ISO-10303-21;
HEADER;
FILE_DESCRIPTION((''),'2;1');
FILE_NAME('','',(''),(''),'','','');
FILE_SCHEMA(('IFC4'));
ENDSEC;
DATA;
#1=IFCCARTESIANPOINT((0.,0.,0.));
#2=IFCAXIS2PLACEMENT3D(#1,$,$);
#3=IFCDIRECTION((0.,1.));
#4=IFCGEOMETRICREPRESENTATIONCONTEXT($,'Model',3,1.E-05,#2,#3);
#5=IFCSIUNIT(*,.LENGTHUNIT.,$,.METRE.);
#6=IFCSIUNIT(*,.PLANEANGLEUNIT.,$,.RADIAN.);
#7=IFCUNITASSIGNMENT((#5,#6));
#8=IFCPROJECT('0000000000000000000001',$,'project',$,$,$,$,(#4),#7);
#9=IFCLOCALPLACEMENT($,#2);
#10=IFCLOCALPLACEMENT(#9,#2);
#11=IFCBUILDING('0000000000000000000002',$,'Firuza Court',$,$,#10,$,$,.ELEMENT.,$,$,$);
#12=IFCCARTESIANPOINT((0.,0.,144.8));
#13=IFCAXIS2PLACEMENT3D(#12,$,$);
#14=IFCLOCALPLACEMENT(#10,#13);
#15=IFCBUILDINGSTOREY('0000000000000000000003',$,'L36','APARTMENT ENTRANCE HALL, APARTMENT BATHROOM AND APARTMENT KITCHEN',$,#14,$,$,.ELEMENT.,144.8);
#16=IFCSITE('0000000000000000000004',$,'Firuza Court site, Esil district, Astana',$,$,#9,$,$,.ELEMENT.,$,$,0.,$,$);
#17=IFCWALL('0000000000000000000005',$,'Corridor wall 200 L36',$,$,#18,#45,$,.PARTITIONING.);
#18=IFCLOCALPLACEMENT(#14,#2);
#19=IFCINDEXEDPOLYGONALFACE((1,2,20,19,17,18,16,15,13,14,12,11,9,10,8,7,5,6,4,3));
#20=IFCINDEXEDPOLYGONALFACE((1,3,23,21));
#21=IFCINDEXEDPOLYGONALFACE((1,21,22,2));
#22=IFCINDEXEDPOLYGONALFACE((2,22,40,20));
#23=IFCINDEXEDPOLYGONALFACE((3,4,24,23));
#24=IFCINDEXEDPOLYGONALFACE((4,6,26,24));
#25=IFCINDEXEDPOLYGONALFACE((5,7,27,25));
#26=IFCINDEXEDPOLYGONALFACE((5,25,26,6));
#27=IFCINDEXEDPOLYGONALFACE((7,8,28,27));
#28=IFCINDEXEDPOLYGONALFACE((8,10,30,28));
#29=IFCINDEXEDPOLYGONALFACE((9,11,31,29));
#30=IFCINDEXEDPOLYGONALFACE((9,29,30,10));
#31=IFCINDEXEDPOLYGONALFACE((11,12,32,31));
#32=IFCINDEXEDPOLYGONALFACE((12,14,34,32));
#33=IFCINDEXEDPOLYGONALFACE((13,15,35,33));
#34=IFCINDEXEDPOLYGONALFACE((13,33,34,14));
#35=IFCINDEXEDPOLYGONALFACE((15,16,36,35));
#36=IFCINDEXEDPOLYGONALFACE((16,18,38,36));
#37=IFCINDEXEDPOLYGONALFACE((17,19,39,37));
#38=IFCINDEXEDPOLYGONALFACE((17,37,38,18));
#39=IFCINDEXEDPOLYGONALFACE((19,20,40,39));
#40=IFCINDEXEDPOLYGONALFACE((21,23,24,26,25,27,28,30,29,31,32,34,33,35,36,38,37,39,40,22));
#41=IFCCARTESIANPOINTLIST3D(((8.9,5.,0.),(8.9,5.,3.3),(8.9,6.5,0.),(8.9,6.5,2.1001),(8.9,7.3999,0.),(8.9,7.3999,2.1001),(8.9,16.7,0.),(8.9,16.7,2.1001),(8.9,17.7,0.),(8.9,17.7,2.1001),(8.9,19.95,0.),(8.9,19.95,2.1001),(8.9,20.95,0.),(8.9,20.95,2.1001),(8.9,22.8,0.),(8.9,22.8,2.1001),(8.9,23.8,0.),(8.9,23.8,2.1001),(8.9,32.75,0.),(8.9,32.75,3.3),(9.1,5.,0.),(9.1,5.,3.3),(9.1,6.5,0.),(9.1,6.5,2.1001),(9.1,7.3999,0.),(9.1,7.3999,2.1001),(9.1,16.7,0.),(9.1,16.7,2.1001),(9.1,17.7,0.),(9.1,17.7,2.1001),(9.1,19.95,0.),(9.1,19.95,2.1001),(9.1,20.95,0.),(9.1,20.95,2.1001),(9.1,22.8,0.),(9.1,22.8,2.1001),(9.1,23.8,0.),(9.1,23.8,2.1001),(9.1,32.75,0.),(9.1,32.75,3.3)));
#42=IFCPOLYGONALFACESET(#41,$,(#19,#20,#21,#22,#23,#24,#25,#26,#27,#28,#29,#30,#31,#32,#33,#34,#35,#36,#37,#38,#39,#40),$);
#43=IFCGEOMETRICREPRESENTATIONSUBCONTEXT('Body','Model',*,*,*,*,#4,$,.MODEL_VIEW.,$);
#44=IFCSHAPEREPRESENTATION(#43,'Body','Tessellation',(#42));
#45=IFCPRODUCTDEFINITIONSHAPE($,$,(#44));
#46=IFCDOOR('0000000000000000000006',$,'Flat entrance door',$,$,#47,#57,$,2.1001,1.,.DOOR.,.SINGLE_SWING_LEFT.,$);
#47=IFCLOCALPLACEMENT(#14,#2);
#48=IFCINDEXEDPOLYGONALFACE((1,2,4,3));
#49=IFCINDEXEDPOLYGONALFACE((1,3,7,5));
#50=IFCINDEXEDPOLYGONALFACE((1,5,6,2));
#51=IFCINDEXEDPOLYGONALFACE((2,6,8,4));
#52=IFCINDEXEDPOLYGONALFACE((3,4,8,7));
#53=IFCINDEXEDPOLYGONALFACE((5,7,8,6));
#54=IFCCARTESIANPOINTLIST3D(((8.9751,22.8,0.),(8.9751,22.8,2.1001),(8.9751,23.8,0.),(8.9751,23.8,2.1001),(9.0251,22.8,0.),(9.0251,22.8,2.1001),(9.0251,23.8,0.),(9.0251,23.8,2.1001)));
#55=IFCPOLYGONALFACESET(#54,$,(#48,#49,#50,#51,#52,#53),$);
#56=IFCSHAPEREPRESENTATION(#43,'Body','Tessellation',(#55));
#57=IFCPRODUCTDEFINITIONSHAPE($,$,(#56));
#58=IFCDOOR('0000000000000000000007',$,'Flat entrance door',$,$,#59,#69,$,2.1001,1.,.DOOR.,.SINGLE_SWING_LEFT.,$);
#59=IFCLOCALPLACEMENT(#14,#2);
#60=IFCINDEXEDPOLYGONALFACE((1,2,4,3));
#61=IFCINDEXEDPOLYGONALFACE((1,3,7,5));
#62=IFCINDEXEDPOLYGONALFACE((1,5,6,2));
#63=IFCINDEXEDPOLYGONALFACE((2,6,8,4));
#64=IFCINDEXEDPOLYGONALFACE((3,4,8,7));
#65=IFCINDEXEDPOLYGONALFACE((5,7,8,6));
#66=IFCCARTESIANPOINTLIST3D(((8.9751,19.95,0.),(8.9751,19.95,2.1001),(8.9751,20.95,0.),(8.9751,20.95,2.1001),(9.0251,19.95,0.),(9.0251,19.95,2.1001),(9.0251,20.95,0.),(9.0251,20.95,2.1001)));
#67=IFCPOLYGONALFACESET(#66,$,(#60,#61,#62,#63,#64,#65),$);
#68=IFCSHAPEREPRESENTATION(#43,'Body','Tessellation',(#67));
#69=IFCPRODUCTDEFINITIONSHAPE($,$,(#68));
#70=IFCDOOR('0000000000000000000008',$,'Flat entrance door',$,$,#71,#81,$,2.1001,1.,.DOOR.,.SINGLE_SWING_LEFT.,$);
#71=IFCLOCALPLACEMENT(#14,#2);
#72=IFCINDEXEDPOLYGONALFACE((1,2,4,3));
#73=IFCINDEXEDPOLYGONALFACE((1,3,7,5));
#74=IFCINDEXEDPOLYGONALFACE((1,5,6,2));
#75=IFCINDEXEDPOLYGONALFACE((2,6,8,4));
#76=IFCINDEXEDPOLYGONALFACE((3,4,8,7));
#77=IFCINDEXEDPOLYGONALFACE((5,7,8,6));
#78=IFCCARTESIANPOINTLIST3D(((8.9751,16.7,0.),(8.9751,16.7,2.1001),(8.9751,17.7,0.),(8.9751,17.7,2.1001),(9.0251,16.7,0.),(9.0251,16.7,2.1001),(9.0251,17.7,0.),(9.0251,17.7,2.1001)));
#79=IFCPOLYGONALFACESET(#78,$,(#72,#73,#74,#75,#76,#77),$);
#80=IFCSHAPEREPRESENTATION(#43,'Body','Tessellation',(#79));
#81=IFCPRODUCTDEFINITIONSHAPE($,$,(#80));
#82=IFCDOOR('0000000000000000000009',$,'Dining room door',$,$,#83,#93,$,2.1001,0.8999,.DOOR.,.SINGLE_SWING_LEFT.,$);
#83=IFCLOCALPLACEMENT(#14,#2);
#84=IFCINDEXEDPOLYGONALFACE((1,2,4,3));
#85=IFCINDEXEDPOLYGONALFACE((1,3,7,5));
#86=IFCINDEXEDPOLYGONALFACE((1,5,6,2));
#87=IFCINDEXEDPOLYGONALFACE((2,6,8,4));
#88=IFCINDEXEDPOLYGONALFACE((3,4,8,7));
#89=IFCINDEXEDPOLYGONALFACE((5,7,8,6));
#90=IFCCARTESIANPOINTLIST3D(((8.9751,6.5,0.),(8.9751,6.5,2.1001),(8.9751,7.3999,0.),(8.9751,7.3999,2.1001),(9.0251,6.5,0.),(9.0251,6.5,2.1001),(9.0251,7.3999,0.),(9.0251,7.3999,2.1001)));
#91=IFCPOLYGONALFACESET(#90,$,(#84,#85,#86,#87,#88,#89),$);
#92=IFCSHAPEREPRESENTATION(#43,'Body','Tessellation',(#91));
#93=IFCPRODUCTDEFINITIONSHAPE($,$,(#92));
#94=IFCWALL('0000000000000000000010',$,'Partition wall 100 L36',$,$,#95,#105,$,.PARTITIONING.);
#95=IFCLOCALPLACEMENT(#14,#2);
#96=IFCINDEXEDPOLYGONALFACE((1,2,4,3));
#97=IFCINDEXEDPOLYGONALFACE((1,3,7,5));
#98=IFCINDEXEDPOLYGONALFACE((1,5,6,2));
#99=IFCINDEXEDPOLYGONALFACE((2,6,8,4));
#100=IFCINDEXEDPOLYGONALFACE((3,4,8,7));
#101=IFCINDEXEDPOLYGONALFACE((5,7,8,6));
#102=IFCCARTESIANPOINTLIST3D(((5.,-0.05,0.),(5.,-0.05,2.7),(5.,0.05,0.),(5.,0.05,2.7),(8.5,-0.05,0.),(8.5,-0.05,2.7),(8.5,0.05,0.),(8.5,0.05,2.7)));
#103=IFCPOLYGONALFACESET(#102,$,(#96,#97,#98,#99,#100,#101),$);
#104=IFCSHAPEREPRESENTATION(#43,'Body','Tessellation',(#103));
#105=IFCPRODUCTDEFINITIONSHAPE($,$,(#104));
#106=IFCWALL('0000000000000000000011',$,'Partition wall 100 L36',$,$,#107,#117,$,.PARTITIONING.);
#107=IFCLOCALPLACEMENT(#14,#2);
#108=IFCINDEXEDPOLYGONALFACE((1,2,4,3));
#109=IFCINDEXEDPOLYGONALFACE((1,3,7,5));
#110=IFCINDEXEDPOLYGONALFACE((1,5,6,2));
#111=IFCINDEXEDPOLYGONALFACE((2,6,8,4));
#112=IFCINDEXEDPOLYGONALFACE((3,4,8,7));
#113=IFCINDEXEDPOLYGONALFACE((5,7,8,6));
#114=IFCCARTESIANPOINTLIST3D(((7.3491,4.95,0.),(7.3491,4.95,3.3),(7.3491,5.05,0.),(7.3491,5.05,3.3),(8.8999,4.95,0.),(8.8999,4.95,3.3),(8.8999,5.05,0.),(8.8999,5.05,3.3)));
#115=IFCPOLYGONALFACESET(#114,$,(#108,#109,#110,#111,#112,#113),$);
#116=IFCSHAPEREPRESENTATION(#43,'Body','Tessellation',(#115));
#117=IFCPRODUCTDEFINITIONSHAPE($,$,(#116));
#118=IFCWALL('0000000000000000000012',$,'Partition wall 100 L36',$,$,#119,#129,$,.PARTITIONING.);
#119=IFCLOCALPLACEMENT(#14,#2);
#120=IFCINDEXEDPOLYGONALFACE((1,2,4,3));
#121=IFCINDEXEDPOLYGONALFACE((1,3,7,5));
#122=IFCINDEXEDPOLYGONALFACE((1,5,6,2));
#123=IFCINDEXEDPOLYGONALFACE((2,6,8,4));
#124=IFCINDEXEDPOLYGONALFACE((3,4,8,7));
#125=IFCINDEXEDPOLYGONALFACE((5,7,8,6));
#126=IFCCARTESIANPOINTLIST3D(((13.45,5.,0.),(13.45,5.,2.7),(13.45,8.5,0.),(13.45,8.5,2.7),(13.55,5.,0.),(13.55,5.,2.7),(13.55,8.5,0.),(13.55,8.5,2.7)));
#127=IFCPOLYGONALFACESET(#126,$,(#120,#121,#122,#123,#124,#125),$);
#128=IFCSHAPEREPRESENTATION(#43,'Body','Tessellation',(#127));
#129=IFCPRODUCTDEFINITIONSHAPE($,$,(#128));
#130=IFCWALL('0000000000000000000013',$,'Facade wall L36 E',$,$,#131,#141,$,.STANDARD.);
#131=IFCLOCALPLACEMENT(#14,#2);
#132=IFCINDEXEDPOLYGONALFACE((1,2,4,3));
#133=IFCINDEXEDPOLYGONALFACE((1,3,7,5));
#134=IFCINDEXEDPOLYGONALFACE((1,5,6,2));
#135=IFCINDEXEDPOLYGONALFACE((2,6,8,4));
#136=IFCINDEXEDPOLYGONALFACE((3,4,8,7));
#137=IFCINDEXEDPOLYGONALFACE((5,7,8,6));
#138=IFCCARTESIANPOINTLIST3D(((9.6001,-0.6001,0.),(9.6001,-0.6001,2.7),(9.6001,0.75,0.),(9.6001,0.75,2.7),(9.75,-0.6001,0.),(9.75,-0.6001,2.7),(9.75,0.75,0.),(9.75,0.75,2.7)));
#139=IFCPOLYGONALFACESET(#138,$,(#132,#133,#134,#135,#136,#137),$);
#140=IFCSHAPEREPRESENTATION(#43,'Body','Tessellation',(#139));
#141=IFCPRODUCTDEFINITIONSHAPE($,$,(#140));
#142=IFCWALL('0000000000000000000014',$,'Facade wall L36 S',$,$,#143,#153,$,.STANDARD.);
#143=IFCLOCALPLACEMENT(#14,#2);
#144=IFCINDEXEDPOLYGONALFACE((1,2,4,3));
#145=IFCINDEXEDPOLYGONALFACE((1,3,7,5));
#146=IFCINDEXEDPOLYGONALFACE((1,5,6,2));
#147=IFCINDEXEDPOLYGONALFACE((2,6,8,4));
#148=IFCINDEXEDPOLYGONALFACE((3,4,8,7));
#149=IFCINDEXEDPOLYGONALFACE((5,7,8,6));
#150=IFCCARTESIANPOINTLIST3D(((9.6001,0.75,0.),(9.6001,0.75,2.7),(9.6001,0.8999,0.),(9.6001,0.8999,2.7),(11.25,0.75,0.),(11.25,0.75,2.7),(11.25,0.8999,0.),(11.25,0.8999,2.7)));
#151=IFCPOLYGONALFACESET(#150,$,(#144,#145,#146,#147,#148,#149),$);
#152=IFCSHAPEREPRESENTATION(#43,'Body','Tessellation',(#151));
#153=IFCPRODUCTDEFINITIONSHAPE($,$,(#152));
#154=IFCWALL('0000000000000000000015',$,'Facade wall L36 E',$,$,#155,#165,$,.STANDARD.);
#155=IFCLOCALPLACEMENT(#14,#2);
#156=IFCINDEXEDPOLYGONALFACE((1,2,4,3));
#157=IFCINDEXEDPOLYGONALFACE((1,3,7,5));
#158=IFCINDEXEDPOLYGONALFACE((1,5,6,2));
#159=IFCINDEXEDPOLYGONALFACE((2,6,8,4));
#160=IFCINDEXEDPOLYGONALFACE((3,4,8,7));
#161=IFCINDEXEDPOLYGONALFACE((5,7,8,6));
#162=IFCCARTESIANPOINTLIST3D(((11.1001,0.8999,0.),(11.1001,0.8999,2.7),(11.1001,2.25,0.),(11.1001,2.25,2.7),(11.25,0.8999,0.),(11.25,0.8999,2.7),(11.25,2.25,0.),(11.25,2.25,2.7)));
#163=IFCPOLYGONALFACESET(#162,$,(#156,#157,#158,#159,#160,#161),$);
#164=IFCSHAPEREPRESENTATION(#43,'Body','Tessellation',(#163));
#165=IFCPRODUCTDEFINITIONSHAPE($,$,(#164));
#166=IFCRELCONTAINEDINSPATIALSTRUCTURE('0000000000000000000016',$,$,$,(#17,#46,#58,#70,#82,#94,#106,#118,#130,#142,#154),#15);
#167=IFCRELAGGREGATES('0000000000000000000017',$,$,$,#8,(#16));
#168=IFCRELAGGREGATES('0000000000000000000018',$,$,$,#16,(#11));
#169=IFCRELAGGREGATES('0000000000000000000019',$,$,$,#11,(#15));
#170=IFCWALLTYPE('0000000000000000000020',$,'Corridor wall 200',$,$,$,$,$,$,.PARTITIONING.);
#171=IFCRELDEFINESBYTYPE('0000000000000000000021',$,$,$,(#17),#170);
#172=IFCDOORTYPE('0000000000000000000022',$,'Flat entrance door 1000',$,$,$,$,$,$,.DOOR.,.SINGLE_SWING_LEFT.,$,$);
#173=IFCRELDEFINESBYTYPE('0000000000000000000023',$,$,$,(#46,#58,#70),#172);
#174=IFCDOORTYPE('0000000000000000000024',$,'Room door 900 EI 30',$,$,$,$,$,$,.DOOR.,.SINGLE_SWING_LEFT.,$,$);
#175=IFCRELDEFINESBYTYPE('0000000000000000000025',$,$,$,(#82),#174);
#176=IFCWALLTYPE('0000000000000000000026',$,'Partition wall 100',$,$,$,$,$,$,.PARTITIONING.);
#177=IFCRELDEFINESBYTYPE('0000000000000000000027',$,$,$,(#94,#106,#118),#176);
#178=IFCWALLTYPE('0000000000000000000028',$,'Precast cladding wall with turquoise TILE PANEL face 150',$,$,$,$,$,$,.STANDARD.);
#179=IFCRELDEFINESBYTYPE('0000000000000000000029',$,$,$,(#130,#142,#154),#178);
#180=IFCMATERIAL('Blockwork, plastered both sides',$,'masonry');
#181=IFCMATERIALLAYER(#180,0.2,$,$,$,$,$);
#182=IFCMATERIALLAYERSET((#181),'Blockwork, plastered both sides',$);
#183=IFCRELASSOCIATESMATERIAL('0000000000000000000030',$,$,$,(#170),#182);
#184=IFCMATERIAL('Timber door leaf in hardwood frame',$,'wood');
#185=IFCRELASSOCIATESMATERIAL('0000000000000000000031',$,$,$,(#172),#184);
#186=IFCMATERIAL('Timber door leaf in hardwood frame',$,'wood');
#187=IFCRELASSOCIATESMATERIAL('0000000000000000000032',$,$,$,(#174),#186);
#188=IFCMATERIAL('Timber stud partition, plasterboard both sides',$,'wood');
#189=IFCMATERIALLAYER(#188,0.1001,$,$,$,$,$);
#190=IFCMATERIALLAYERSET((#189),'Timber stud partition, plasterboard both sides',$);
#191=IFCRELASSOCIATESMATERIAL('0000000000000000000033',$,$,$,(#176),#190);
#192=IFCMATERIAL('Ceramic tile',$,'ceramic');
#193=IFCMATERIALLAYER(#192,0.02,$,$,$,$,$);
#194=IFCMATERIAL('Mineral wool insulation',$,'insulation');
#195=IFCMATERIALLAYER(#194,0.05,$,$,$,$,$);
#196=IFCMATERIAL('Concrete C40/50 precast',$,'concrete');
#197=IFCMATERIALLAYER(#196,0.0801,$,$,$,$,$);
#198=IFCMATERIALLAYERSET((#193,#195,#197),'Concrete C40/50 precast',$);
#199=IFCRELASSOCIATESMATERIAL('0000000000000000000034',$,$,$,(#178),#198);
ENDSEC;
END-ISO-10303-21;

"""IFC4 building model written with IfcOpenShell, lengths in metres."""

from ifc_helpers import new_model, si_unit, direction, frame, frame_2d, origin, place, context, subcontext, project, spatial, rectangle, extrude, material, layer, layer_set, type_object, element, fill, save


model = new_model("IFC4")

# Units and contexts
model_context = context("Model", 3, precision=1e-05, world=origin(), true_north=direction((0.0, 1.0)))
body_context = subcontext(model_context, "Body", "Model", "MODEL_VIEW")
ifc_project = project(units=[si_unit("LENGTHUNIT", "METRE"), si_unit("PLANEANGLEUNIT", "RADIAN")], contexts=[model_context])

# Site, building, storey
site_placement = place(None, origin())
site = spatial("IfcSite", under=ifc_project, at=site_placement, Name="Firuza Court site, Esil district, Astana", CompositionType="ELEMENT", RefElevation=0.0)
building_placement = place(site_placement, origin())
building = spatial("IfcBuilding", under=site, at=building_placement, Name="Firuza Court", CompositionType="ELEMENT")
storey_placement = place(building_placement, frame((0.0, 0.0, 144.8)))
storey = spatial("IfcBuildingStorey", under=building, at=storey_placement, Name="L36", Description="APARTMENT ENTRANCE HALL, APARTMENT BATHROOM AND APARTMENT KITCHEN", CompositionType="ELEMENT", Elevation=144.8)

# Wall, openings, doors
ifc_material_1 = material(Name="Blockwork, plastered both sides", Category="masonry")
ifc_layer_1 = layer(ifc_material_1, 0.2)
ifc_layer_set_1 = layer_set([ifc_layer_1], Name="Blockwork, plastered both sides")
wall_type_1 = type_object("IfcWallType", Name="Corridor wall 200", PredefinedType="PARTITIONING", material=ifc_layer_set_1)
wall_1_placement = place(storey_placement, frame((9.0, 5.0, 0.0), z_axis=(0.0, 0.0, 1.0), x_axis=(0.0, 1.0, 0.0)))
wall_1 = element("IfcWall", 1, at=wall_1_placement, inside=storey, type_object=wall_type_1, Name="Corridor wall 200 L36", PredefinedType="PARTITIONING", context=body_context, shape_type="SweptSolid", body=[
    extrude(rectangle(XDim=27.75, YDim=0.2, at=frame_2d((13.875, 0.0))), origin(), (0.0, 0.0, 1.0), 3.3),
])
opening_1_placement = place(wall_1_placement, frame((17.8, 0.0, 0.0)))
opening_1 = element("IfcOpeningElement", 2, at=opening_1_placement, cuts=wall_1, PredefinedType="OPENING", context=body_context, shape_type="SweptSolid", body=[
    extrude(rectangle(XDim=1.0, YDim=2.1001, at=frame_2d((0.5, 1.05))), frame((0.0, 0.1118, 0.0), z_axis=(0.0, -1.0, 0.0), x_axis=(1.0, 0.0, 0.0)), (0.0, 0.0, 1.0), 0.2239),
])
opening_2_placement = place(wall_1_placement, frame((14.95, 0.0, 0.0)))
opening_2 = element("IfcOpeningElement", 3, at=opening_2_placement, cuts=wall_1, PredefinedType="OPENING", context=body_context, shape_type="SweptSolid", body=[
    extrude(rectangle(XDim=1.0, YDim=2.1001, at=frame_2d((0.5, 1.05))), frame((0.0, 0.1118, 0.0), z_axis=(0.0, -1.0, 0.0), x_axis=(1.0, 0.0, 0.0)), (0.0, 0.0, 1.0), 0.2239),
])
opening_3_placement = place(wall_1_placement, frame((11.7, 0.0, 0.0)))
opening_3 = element("IfcOpeningElement", 4, at=opening_3_placement, cuts=wall_1, PredefinedType="OPENING", context=body_context, shape_type="SweptSolid", body=[
    extrude(rectangle(XDim=1.0, YDim=2.1001, at=frame_2d((0.5, 1.05))), frame((0.0, 0.1118, 0.0), z_axis=(0.0, -1.0, 0.0), x_axis=(1.0, 0.0, 0.0)), (0.0, 0.0, 1.0), 0.2239),
])
opening_4_placement = place(wall_1_placement, frame((1.5, 0.0, 0.0)))
opening_4 = element("IfcOpeningElement", 5, at=opening_4_placement, cuts=wall_1, PredefinedType="OPENING", context=body_context, shape_type="SweptSolid", body=[
    extrude(rectangle(XDim=0.8999, YDim=2.1001, at=frame_2d((0.45, 1.05))), frame((0.0, 0.1118, 0.0), z_axis=(0.0, -1.0, 0.0), x_axis=(1.0, 0.0, 0.0)), (0.0, 0.0, 1.0), 0.2239),
])
ifc_material_2 = material(Name="Timber door leaf in hardwood frame", Category="wood")
door_type_1 = type_object("IfcDoorType", Name="Flat entrance door 1000", OperationType="SINGLE_SWING_LEFT", PredefinedType="DOOR", material=ifc_material_2)
door_1_placement = place(opening_1_placement, origin())
door_1 = element("IfcDoor", 6, at=door_1_placement, inside=storey, type_object=door_type_1, Name="Flat entrance door", OperationType="SINGLE_SWING_LEFT", OverallHeight=2.1001, OverallWidth=1.0, PredefinedType="DOOR", context=body_context, shape_type="SweptSolid", body=[
    extrude(rectangle(XDim=1.0, YDim=2.1001, at=frame_2d((0.5, 1.05))), frame((0.0, 0.0249, 0.0), z_axis=(0.0, -1.0, 0.0), x_axis=(1.0, 0.0, 0.0)), (0.0, 0.0, 1.0), 0.05),
])
fill(opening_1, door_1)
door_2_placement = place(opening_2_placement, origin())
door_2 = element("IfcDoor", 7, at=door_2_placement, inside=storey, type_object=door_type_1, Name="Flat entrance door", OperationType="SINGLE_SWING_LEFT", OverallHeight=2.1001, OverallWidth=1.0, PredefinedType="DOOR", context=body_context, shape_type="SweptSolid", body=[
    extrude(rectangle(XDim=1.0, YDim=2.1001, at=frame_2d((0.5, 1.05))), frame((0.0, 0.0249, 0.0), z_axis=(0.0, -1.0, 0.0), x_axis=(1.0, 0.0, 0.0)), (0.0, 0.0, 1.0), 0.05),
])
fill(opening_2, door_2)
door_3_placement = place(opening_3_placement, origin())
door_3 = element("IfcDoor", 8, at=door_3_placement, inside=storey, type_object=door_type_1, Name="Flat entrance door", OperationType="SINGLE_SWING_LEFT", OverallHeight=2.1001, OverallWidth=1.0, PredefinedType="DOOR", context=body_context, shape_type="SweptSolid", body=[
    extrude(rectangle(XDim=1.0, YDim=2.1001, at=frame_2d((0.5, 1.05))), frame((0.0, 0.0249, 0.0), z_axis=(0.0, -1.0, 0.0), x_axis=(1.0, 0.0, 0.0)), (0.0, 0.0, 1.0), 0.05),
])
fill(opening_3, door_3)
ifc_material_3 = material(Name="Timber door leaf in hardwood frame", Category="wood")
door_type_2 = type_object("IfcDoorType", Name="Room door 900 EI 30", OperationType="SINGLE_SWING_LEFT", PredefinedType="DOOR", material=ifc_material_3)
door_4_placement = place(opening_4_placement, origin())
door_4 = element("IfcDoor", 9, at=door_4_placement, inside=storey, type_object=door_type_2, Name="Dining room door", OperationType="SINGLE_SWING_LEFT", OverallHeight=2.1001, OverallWidth=0.8999, PredefinedType="DOOR", context=body_context, shape_type="SweptSolid", body=[
    extrude(rectangle(XDim=0.8999, YDim=2.1001, at=frame_2d((0.45, 1.05))), frame((0.0, 0.0249, 0.0), z_axis=(0.0, -1.0, 0.0), x_axis=(1.0, 0.0, 0.0)), (0.0, 0.0, 1.0), 0.05),
])
fill(opening_4, door_4)

# Walls
ifc_material_4 = material(Name="Timber stud partition, plasterboard both sides", Category="wood")
ifc_layer_2 = layer(ifc_material_4, 0.1001)
ifc_layer_set_2 = layer_set([ifc_layer_2], Name="Timber stud partition, plasterboard both sides")
wall_type_2 = type_object("IfcWallType", Name="Partition wall 100", PredefinedType="PARTITIONING", material=ifc_layer_set_2)
wall_2_placement = place(storey_placement, frame((5.0, 0.0, 0.0), z_axis=(0.0, 0.0, 1.0), x_axis=(1.0, 0.0, 0.0)))
element("IfcWall", 10, at=wall_2_placement, inside=storey, type_object=wall_type_2, Name="Partition wall 100 L36", PredefinedType="PARTITIONING", context=body_context, shape_type="SweptSolid", body=[
    extrude(rectangle(XDim=3.5, YDim=0.1001, at=frame_2d((1.75, 0.0))), origin(), (0.0, 0.0, 1.0), 2.7),
])
wall_3_placement = place(storey_placement, frame((7.3491, 5.0, 0.0), z_axis=(0.0, 0.0, 1.0), x_axis=(1.0, 0.0, 0.0)))
element("IfcWall", 11, at=wall_3_placement, inside=storey, type_object=wall_type_2, Name="Partition wall 100 L36", PredefinedType="PARTITIONING", context=body_context, shape_type="SweptSolid", body=[
    extrude(rectangle(XDim=1.5508, YDim=0.1001, at=frame_2d((0.7754, 0.0))), origin(), (0.0, 0.0, 1.0), 3.3),
])
wall_4_placement = place(storey_placement, frame((13.5, 5.0, 0.0), z_axis=(0.0, 0.0, 1.0), x_axis=(0.0, 1.0, 0.0)))
element("IfcWall", 12, at=wall_4_placement, inside=storey, type_object=wall_type_2, Name="Partition wall 100 L36", PredefinedType="PARTITIONING", context=body_context, shape_type="SweptSolid", body=[
    extrude(rectangle(XDim=3.5, YDim=0.1001, at=frame_2d((1.75, 0.0))), origin(), (0.0, 0.0, 1.0), 2.7),
])
ifc_material_5 = material(Name="Ceramic tile", Category="ceramic")
ifc_layer_3 = layer(ifc_material_5, 0.02)
ifc_material_6 = material(Name="Mineral wool insulation", Category="insulation")
ifc_layer_4 = layer(ifc_material_6, 0.05)
ifc_material_7 = material(Name="Concrete C40/50 precast", Category="concrete")
ifc_layer_5 = layer(ifc_material_7, 0.0801)
ifc_layer_set_3 = layer_set([ifc_layer_3, ifc_layer_4, ifc_layer_5], Name="Concrete C40/50 precast")
wall_type_3 = type_object("IfcWallType", Name="Precast cladding wall with turquoise TILE PANEL face 150", PredefinedType="STANDARD", material=ifc_layer_set_3)
wall_5_placement = place(storey_placement, frame((9.675, -0.6001, 0.0), z_axis=(0.0, 0.0, 1.0), x_axis=(0.0, 1.0, 0.0)))
element("IfcWall", 13, at=wall_5_placement, inside=storey, type_object=wall_type_3, Name="Facade wall L36 E", PredefinedType="STANDARD", context=body_context, shape_type="SweptSolid", body=[
    extrude(rectangle(XDim=1.3501, YDim=0.1499, at=frame_2d((0.675, 0.0))), origin(), (0.0, 0.0, 1.0), 2.7),
])
wall_6_placement = place(storey_placement, frame((9.6001, 0.825, 0.0), z_axis=(0.0, 0.0, 1.0), x_axis=(1.0, 0.0, 0.0)))
element("IfcWall", 14, at=wall_6_placement, inside=storey, type_object=wall_type_3, Name="Facade wall L36 S", PredefinedType="STANDARD", context=body_context, shape_type="SweptSolid", body=[
    extrude(rectangle(XDim=1.6499, YDim=0.1499, at=frame_2d((0.825, 0.0))), origin(), (0.0, 0.0, 1.0), 2.7),
])
wall_7_placement = place(storey_placement, frame((11.175, 0.8999, 0.0), z_axis=(0.0, 0.0, 1.0), x_axis=(0.0, 1.0, 0.0)))
element("IfcWall", 15, at=wall_7_placement, inside=storey, type_object=wall_type_3, Name="Facade wall L36 E", PredefinedType="STANDARD", context=body_context, shape_type="SweptSolid", body=[
    extrude(rectangle(XDim=1.3501, YDim=0.1499, at=frame_2d((0.675, 0.0))), origin(), (0.0, 0.0, 1.0), 2.7),
])

save(model, "model.ifc")
